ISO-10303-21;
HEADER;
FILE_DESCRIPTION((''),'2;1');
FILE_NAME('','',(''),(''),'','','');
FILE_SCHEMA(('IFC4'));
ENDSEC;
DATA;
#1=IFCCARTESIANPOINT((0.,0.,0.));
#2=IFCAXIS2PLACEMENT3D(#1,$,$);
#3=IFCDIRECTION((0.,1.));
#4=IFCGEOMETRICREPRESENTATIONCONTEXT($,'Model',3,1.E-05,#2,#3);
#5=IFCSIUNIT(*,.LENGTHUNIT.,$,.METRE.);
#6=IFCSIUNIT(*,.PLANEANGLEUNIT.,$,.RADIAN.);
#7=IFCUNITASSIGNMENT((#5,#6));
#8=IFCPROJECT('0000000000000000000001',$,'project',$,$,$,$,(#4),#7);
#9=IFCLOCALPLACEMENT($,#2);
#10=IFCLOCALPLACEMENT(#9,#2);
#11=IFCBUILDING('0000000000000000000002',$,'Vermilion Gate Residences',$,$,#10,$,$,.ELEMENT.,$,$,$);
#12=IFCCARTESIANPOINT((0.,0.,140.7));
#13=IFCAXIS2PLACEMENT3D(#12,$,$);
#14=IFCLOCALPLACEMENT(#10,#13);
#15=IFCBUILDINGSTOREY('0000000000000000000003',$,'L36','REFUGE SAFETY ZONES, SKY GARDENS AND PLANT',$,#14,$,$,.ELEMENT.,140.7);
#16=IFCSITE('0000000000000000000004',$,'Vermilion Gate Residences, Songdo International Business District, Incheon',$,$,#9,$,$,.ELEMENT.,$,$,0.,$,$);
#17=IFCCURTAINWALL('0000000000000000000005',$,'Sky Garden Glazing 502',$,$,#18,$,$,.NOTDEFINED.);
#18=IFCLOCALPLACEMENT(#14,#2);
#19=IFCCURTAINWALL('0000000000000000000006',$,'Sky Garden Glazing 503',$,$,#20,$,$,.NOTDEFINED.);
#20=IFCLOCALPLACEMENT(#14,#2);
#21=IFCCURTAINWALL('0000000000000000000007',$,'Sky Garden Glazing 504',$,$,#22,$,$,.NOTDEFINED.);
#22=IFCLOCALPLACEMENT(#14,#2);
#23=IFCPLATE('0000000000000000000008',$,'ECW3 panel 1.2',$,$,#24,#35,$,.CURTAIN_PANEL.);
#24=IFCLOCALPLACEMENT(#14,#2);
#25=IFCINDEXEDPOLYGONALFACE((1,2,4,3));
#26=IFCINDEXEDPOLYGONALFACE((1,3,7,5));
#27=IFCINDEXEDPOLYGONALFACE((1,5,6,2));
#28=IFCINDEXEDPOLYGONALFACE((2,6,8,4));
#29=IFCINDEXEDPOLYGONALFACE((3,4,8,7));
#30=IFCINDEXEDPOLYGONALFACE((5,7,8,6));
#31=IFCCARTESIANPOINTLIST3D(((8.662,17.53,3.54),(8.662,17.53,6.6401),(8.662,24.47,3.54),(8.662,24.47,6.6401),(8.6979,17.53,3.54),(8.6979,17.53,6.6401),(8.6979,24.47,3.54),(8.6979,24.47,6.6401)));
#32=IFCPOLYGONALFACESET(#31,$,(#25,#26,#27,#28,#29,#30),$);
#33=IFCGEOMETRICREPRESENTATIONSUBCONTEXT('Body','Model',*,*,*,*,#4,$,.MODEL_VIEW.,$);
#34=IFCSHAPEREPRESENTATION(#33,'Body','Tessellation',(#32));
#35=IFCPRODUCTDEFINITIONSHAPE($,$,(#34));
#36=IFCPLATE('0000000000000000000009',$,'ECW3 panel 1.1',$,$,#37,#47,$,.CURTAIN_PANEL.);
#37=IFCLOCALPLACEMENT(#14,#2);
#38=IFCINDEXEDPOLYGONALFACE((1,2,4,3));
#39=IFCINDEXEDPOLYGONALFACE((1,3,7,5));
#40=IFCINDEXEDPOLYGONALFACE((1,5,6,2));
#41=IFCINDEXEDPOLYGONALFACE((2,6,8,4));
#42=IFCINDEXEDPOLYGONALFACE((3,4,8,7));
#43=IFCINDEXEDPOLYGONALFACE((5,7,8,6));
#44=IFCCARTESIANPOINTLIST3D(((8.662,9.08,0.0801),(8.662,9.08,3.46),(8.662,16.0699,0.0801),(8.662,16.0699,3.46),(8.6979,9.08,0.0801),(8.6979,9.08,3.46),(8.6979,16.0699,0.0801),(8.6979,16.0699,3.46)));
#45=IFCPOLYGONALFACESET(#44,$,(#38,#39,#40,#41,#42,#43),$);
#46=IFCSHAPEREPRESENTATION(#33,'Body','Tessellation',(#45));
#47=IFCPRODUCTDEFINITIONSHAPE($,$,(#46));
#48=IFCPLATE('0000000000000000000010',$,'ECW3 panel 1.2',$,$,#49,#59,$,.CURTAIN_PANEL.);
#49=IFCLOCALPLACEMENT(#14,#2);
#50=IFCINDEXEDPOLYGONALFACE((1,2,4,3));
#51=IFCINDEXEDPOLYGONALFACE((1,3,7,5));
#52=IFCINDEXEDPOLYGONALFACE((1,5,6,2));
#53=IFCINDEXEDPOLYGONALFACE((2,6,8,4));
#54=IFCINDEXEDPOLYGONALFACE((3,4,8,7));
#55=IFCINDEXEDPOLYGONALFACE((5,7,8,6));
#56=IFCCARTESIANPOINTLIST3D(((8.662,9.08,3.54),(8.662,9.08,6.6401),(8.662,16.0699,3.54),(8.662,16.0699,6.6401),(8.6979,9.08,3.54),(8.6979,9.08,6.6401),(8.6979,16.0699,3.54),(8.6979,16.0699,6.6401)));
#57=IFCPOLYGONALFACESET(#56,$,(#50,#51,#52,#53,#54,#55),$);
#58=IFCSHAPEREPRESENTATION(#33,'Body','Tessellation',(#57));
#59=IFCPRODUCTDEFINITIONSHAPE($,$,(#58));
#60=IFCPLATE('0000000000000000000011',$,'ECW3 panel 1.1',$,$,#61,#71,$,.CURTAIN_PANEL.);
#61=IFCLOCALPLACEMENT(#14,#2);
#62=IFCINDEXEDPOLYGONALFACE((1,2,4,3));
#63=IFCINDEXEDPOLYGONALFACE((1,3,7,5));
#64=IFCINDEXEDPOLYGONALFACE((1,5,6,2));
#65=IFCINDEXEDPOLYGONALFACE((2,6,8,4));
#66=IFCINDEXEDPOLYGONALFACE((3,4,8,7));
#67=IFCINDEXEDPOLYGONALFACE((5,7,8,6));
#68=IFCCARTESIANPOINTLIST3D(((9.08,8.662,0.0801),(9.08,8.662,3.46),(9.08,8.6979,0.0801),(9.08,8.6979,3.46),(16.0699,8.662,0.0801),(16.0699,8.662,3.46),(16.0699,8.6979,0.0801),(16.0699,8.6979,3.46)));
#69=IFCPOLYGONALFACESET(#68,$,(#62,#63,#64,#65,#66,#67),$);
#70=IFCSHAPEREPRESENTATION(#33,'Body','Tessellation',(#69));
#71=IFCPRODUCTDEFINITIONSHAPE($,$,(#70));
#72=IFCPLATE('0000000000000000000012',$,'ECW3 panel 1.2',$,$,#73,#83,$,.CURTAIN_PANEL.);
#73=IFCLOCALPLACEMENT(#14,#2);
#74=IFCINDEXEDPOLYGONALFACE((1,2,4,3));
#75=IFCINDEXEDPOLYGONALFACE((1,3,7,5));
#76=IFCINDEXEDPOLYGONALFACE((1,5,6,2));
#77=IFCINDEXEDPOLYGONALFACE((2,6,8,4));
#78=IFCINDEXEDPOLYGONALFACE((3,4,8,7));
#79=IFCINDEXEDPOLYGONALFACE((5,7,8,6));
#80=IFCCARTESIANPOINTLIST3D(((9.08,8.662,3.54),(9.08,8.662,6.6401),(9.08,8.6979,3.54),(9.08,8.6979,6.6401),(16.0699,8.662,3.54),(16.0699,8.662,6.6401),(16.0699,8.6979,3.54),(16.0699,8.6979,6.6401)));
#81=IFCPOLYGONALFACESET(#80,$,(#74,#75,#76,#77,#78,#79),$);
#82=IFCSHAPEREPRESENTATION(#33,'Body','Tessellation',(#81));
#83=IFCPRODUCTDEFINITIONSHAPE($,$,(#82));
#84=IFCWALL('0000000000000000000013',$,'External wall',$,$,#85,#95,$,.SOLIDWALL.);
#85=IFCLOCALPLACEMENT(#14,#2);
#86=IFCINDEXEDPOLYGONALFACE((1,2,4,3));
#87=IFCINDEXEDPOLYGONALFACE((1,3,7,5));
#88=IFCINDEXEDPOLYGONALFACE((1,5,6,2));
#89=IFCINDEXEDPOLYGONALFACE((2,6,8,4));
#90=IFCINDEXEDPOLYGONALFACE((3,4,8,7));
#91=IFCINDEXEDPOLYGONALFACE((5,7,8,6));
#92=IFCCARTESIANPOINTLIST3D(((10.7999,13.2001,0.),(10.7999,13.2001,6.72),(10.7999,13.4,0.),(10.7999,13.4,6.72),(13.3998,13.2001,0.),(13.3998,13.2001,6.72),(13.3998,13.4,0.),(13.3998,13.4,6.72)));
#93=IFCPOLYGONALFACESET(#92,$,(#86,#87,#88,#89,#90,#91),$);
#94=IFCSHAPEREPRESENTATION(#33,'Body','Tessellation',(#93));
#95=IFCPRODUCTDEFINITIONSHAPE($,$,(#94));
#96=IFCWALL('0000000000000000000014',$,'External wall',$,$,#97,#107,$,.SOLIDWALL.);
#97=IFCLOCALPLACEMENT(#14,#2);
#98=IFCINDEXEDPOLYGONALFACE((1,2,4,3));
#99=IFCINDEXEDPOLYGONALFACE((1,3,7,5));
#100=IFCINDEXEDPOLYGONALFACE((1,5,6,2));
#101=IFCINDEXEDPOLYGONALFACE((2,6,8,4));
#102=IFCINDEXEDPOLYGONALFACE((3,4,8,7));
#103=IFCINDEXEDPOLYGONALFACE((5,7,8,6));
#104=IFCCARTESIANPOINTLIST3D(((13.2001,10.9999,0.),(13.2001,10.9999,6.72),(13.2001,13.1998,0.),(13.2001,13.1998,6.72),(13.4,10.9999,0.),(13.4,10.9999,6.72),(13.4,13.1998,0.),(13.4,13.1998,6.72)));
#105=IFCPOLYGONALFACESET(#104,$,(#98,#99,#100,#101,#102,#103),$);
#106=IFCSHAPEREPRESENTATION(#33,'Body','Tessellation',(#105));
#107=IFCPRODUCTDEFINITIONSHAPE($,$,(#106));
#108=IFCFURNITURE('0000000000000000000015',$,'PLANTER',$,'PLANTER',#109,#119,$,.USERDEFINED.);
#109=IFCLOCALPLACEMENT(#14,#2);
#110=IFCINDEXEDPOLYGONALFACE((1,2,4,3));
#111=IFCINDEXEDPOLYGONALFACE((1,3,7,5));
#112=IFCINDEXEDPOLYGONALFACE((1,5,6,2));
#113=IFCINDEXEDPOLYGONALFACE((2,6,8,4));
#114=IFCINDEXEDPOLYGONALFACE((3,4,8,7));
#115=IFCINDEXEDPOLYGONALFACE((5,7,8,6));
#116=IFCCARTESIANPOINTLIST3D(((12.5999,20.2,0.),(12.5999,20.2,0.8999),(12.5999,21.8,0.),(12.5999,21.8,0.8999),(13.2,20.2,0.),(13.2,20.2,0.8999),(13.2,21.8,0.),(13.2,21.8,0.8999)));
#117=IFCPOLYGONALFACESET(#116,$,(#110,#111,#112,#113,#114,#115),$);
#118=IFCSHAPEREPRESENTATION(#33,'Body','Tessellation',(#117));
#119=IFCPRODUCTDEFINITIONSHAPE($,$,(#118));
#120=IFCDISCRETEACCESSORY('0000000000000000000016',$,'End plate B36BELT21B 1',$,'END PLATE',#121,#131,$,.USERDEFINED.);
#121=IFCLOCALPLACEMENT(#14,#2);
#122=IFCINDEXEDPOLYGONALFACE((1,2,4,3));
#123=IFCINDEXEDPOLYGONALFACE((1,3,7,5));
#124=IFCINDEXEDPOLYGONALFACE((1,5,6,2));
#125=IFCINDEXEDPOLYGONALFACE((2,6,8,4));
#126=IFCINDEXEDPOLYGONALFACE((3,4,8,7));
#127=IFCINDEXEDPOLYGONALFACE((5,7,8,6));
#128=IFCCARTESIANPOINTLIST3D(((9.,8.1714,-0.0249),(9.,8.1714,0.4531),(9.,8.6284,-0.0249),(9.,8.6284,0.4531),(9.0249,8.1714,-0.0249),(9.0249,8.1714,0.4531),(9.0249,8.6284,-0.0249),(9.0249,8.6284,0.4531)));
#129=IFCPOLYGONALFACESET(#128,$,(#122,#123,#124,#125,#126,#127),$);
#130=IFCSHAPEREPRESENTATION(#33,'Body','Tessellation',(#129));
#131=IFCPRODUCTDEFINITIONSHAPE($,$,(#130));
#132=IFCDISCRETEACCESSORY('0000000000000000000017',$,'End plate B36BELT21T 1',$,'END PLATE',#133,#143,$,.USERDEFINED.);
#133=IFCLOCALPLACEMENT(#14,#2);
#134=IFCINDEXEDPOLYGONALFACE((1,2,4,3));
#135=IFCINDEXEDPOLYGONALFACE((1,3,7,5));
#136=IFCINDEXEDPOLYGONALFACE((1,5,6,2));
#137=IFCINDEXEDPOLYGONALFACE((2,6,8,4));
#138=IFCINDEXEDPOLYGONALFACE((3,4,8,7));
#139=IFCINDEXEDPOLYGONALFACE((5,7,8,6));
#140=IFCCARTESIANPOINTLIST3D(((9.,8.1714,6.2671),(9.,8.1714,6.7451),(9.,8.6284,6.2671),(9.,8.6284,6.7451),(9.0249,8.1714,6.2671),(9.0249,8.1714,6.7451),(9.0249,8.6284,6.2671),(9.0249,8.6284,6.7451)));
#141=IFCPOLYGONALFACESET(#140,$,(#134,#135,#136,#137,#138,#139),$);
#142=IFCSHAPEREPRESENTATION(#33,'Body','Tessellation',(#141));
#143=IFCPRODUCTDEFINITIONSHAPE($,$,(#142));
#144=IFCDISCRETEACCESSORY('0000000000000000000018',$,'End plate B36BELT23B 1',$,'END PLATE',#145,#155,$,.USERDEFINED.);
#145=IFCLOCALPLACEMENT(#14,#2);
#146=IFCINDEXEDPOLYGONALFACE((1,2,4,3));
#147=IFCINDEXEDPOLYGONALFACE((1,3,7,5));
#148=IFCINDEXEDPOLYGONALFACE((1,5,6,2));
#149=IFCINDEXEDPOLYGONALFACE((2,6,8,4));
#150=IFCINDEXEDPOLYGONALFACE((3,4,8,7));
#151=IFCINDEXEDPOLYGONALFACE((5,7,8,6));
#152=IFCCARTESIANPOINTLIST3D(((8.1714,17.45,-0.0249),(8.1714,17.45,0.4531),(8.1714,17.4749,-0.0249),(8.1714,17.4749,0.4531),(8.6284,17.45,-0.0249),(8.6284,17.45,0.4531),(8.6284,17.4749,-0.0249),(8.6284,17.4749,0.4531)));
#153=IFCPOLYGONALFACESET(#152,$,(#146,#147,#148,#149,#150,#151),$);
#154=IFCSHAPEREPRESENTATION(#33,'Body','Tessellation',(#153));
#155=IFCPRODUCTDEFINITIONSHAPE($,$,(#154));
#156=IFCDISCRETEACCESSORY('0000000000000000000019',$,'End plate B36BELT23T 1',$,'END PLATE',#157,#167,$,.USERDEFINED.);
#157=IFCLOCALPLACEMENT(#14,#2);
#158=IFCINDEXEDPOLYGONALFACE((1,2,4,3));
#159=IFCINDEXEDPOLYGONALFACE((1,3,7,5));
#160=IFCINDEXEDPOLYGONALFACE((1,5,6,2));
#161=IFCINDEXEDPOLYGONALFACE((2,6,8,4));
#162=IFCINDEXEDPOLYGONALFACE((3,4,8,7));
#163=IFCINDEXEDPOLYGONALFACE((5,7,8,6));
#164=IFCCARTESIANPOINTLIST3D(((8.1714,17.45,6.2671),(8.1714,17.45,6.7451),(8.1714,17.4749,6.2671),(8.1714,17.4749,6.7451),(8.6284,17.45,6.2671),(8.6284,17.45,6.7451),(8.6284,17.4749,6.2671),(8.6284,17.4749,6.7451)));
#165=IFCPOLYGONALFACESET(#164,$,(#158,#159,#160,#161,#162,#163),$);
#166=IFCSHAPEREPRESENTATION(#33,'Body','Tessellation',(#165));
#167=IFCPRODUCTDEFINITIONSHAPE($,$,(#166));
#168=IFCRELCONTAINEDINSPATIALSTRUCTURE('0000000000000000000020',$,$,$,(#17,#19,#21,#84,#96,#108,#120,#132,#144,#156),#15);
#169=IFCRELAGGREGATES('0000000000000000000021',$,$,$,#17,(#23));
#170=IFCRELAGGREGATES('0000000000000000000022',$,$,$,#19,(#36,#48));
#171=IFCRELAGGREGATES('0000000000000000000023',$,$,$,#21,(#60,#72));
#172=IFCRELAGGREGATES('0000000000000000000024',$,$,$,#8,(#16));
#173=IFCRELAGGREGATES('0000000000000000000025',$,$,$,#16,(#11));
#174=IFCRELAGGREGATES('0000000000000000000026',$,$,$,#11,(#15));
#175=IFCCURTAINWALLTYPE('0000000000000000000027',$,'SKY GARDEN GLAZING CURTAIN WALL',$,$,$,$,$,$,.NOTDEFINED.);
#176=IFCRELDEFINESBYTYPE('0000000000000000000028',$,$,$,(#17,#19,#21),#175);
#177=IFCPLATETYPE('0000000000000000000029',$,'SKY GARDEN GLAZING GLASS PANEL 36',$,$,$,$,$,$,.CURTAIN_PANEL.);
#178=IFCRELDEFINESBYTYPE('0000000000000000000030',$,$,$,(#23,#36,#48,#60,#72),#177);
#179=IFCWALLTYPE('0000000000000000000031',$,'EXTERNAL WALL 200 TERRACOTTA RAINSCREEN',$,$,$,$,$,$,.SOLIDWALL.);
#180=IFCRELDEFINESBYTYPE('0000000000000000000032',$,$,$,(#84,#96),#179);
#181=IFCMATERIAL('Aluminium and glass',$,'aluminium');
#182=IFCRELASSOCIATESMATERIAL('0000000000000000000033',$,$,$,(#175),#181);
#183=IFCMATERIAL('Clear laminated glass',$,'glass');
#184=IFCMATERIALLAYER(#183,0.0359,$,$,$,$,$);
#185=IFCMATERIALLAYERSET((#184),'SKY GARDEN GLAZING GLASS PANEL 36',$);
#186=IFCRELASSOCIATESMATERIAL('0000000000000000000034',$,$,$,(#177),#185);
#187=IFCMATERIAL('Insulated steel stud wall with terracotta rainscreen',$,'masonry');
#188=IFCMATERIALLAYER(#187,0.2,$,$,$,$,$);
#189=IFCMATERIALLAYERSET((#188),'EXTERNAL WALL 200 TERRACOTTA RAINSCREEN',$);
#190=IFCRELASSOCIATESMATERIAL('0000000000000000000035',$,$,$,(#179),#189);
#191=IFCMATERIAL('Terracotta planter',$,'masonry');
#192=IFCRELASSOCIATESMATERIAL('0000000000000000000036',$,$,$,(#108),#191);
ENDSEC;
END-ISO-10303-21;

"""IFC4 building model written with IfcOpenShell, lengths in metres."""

from ifc_helpers import new_model, si_unit, direction, frame, frame_2d, origin, origin_2d, place, context, subcontext, project, spatial, rectangle, extrude, material, layer, layer_set, type_object, element, aggregate, save


model = new_model("IFC4")

# Units and contexts
model_context = context("Model", 3, precision=1e-05, world=origin(), true_north=direction((0.0, 1.0)))
body_context = subcontext(model_context, "Body", "Model", "MODEL_VIEW")
ifc_project = project(units=[si_unit("LENGTHUNIT", "METRE"), si_unit("PLANEANGLEUNIT", "RADIAN")], contexts=[model_context])

# Site, building, storey
site_placement = place(None, origin())
site = spatial("IfcSite", under=ifc_project, at=site_placement, Name="Vermilion Gate Residences, Songdo International Business District, Incheon", CompositionType="ELEMENT", RefElevation=0.0)
building_placement = place(site_placement, origin())
building = spatial("IfcBuilding", under=site, at=building_placement, Name="Vermilion Gate Residences", CompositionType="ELEMENT")
storey_placement = place(building_placement, frame((0.0, 0.0, 140.7)))
storey = spatial("IfcBuildingStorey", under=building, at=storey_placement, Name="L36", Description="REFUGE SAFETY ZONES, SKY GARDENS AND PLANT", CompositionType="ELEMENT", Elevation=140.7)

# Shared definitions
ifc_material_1 = material(Name="Aluminium and glass", Category="aluminium")
curtain_wall_type = type_object("IfcCurtainWallType", Name="SKY GARDEN GLAZING CURTAIN WALL", PredefinedType="NOTDEFINED", material=ifc_material_1)

# Curtain wall
curtain_wall_1_placement = place(storey_placement, origin())
curtain_wall_1 = element("IfcCurtainWall", 1, at=curtain_wall_1_placement, inside=storey, type_object=curtain_wall_type, Name="Sky Garden Glazing 502", PredefinedType="NOTDEFINED")

# Curtain wall
curtain_wall_2_placement = place(storey_placement, origin())
curtain_wall_2 = element("IfcCurtainWall", 2, at=curtain_wall_2_placement, inside=storey, type_object=curtain_wall_type, Name="Sky Garden Glazing 503", PredefinedType="NOTDEFINED")

# Curtain wall
curtain_wall_3_placement = place(storey_placement, origin())
curtain_wall_3 = element("IfcCurtainWall", 3, at=curtain_wall_3_placement, inside=storey, type_object=curtain_wall_type, Name="Sky Garden Glazing 504", PredefinedType="NOTDEFINED")

# Plates
ifc_material_2 = material(Name="Clear laminated glass", Category="glass")
ifc_layer_1 = layer(ifc_material_2, 0.0359)
ifc_layer_set_1 = layer_set([ifc_layer_1], Name="SKY GARDEN GLAZING GLASS PANEL 36")
plate_type = type_object("IfcPlateType", Name="SKY GARDEN GLAZING GLASS PANEL 36", PredefinedType="CURTAIN_PANEL", material=ifc_layer_set_1)
plate_1_placement = place(storey_placement, frame((8.6799, 21.0, 3.54), z_axis=(0.0, 0.0, 1.0), x_axis=(0.0, -1.0, 0.0)))
plate_1 = element("IfcPlate", 4, at=plate_1_placement, type_object=plate_type, Name="ECW3 panel 1.2", PredefinedType="CURTAIN_PANEL", context=body_context, shape_type="SweptSolid", body=[
    extrude(rectangle(XDim=6.9399, YDim=0.0359, at=origin_2d()), origin(), (0.0, 0.0, 1.0), 3.1001),
])
aggregate(curtain_wall_1, [plate_1])
plate_2_placement = place(storey_placement, frame((8.6799, 12.575, 0.0801), z_axis=(0.0, 0.0, 1.0), x_axis=(0.0, -1.0, 0.0)))
plate_2 = element("IfcPlate", 5, at=plate_2_placement, type_object=plate_type, Name="ECW3 panel 1.1", PredefinedType="CURTAIN_PANEL", context=body_context, shape_type="SweptSolid", body=[
    extrude(rectangle(XDim=6.99, YDim=0.0359, at=origin_2d()), origin(), (0.0, 0.0, 1.0), 3.3799),
])
plate_3_placement = place(storey_placement, frame((8.6799, 12.575, 3.54), z_axis=(0.0, 0.0, 1.0), x_axis=(0.0, -1.0, 0.0)))
plate_3 = element("IfcPlate", 6, at=plate_3_placement, type_object=plate_type, Name="ECW3 panel 1.2", PredefinedType="CURTAIN_PANEL", context=body_context, shape_type="SweptSolid", body=[
    extrude(rectangle(XDim=6.99, YDim=0.0359, at=origin_2d()), origin(), (0.0, 0.0, 1.0), 3.1001),
])
aggregate(curtain_wall_2, [plate_2, plate_3])
plate_4_placement = place(storey_placement, frame((12.575, 8.6799, 0.0801), z_axis=(0.0, 0.0, 1.0), x_axis=(1.0, 0.0, 0.0)))
plate_4 = element("IfcPlate", 7, at=plate_4_placement, type_object=plate_type, Name="ECW3 panel 1.1", PredefinedType="CURTAIN_PANEL", context=body_context, shape_type="SweptSolid", body=[
    extrude(rectangle(XDim=6.99, YDim=0.0359, at=origin_2d()), origin(), (0.0, 0.0, 1.0), 3.3799),
])
plate_5_placement = place(storey_placement, frame((12.575, 8.6799, 3.54), z_axis=(0.0, 0.0, 1.0), x_axis=(1.0, 0.0, 0.0)))
plate_5 = element("IfcPlate", 8, at=plate_5_placement, type_object=plate_type, Name="ECW3 panel 1.2", PredefinedType="CURTAIN_PANEL", context=body_context, shape_type="SweptSolid", body=[
    extrude(rectangle(XDim=6.99, YDim=0.0359, at=origin_2d()), origin(), (0.0, 0.0, 1.0), 3.1001),
])
aggregate(curtain_wall_3, [plate_4, plate_5])

# Walls
ifc_material_3 = material(Name="Insulated steel stud wall with terracotta rainscreen", Category="masonry")
ifc_layer_2 = layer(ifc_material_3, 0.2)
ifc_layer_set_2 = layer_set([ifc_layer_2], Name="EXTERNAL WALL 200 TERRACOTTA RAINSCREEN")
wall_type = type_object("IfcWallType", Name="EXTERNAL WALL 200 TERRACOTTA RAINSCREEN", PredefinedType="SOLIDWALL", material=ifc_layer_set_2)
wall_1_placement = place(storey_placement, frame((10.8, 13.3, 0.0), z_axis=(0.0, 0.0, 1.0), x_axis=(1.0, 0.0, 0.0)))
element("IfcWall", 9, at=wall_1_placement, inside=storey, type_object=wall_type, Name="External wall", PredefinedType="SOLIDWALL", context=body_context, shape_type="SweptSolid", body=[
    extrude(rectangle(XDim=2.5999, YDim=0.2, at=frame_2d((1.2998, 0.0))), origin(), (0.0, 0.0, 1.0), 6.72),
])
wall_2_placement = place(storey_placement, frame((13.3, 13.2, 0.0), z_axis=(0.0, 0.0, 1.0), x_axis=(0.0, -1.0, 0.0)))
element("IfcWall", 10, at=wall_2_placement, inside=storey, type_object=wall_type, Name="External wall", PredefinedType="SOLIDWALL", context=body_context, shape_type="SweptSolid", body=[
    extrude(rectangle(XDim=2.2, YDim=0.2, at=frame_2d((1.1001, 0.0))), origin(), (0.0, 0.0, 1.0), 6.72),
])

# Furniture
ifc_material_4 = material(Name="Terracotta planter", Category="masonry")
furniture_placement = place(storey_placement, frame((12.8999, 21.0, 0.0), z_axis=(0.0, 0.0, 1.0), x_axis=(0.0, -1.0, 0.0)))
element("IfcFurniture", 11, at=furniture_placement, inside=storey, material=ifc_material_4, Name="PLANTER", ObjectType="PLANTER", PredefinedType="USERDEFINED", context=body_context, shape_type="SweptSolid", body=[
    extrude(rectangle(XDim=1.6001, YDim=0.6001, at=origin_2d()), origin(), (0.0, 0.0, 1.0), 0.8999),
])

# Discrete accessories
for number, where, z_axis, x_axis, name in (
    (12, (9.0125, 8.3999, -0.0249), (0.0, 0.0, 1.0), (1.0, 0.0, 0.0), "End plate B36BELT21B 1"),
    (13, (9.0125, 8.3999, 6.2671), (0.0, 0.0, 1.0), (1.0, 0.0, 0.0), "End plate B36BELT21T 1"),
):
    element("IfcDiscreteAccessory", number, at=place(storey_placement, frame(where, z_axis=z_axis, x_axis=x_axis)), inside=storey, Name=name, ObjectType="END PLATE", PredefinedType="USERDEFINED", context=body_context, shape_type="SweptSolid", body=[
        extrude(rectangle(XDim=0.0249, YDim=0.457, at=origin_2d()), origin(), (0.0, 0.0, 1.0), 0.478),
    ])
for number, where, z_axis, x_axis, name in (
    (14, (8.3999, 17.4624, -0.0249), (0.0, 0.0, 1.0), (1.0, 0.0, 0.0), "End plate B36BELT23B 1"),
    (15, (8.3999, 17.4624, 6.2671), (0.0, 0.0, 1.0), (1.0, 0.0, 0.0), "End plate B36BELT23T 1"),
):
    element("IfcDiscreteAccessory", number, at=place(storey_placement, frame(where, z_axis=z_axis, x_axis=x_axis)), inside=storey, Name=name, ObjectType="END PLATE", PredefinedType="USERDEFINED", context=body_context, shape_type="SweptSolid", body=[
        extrude(rectangle(XDim=0.457, YDim=0.0249, at=origin_2d()), origin(), (0.0, 0.0, 1.0), 0.478),
    ])

save(model, "model.ifc")
